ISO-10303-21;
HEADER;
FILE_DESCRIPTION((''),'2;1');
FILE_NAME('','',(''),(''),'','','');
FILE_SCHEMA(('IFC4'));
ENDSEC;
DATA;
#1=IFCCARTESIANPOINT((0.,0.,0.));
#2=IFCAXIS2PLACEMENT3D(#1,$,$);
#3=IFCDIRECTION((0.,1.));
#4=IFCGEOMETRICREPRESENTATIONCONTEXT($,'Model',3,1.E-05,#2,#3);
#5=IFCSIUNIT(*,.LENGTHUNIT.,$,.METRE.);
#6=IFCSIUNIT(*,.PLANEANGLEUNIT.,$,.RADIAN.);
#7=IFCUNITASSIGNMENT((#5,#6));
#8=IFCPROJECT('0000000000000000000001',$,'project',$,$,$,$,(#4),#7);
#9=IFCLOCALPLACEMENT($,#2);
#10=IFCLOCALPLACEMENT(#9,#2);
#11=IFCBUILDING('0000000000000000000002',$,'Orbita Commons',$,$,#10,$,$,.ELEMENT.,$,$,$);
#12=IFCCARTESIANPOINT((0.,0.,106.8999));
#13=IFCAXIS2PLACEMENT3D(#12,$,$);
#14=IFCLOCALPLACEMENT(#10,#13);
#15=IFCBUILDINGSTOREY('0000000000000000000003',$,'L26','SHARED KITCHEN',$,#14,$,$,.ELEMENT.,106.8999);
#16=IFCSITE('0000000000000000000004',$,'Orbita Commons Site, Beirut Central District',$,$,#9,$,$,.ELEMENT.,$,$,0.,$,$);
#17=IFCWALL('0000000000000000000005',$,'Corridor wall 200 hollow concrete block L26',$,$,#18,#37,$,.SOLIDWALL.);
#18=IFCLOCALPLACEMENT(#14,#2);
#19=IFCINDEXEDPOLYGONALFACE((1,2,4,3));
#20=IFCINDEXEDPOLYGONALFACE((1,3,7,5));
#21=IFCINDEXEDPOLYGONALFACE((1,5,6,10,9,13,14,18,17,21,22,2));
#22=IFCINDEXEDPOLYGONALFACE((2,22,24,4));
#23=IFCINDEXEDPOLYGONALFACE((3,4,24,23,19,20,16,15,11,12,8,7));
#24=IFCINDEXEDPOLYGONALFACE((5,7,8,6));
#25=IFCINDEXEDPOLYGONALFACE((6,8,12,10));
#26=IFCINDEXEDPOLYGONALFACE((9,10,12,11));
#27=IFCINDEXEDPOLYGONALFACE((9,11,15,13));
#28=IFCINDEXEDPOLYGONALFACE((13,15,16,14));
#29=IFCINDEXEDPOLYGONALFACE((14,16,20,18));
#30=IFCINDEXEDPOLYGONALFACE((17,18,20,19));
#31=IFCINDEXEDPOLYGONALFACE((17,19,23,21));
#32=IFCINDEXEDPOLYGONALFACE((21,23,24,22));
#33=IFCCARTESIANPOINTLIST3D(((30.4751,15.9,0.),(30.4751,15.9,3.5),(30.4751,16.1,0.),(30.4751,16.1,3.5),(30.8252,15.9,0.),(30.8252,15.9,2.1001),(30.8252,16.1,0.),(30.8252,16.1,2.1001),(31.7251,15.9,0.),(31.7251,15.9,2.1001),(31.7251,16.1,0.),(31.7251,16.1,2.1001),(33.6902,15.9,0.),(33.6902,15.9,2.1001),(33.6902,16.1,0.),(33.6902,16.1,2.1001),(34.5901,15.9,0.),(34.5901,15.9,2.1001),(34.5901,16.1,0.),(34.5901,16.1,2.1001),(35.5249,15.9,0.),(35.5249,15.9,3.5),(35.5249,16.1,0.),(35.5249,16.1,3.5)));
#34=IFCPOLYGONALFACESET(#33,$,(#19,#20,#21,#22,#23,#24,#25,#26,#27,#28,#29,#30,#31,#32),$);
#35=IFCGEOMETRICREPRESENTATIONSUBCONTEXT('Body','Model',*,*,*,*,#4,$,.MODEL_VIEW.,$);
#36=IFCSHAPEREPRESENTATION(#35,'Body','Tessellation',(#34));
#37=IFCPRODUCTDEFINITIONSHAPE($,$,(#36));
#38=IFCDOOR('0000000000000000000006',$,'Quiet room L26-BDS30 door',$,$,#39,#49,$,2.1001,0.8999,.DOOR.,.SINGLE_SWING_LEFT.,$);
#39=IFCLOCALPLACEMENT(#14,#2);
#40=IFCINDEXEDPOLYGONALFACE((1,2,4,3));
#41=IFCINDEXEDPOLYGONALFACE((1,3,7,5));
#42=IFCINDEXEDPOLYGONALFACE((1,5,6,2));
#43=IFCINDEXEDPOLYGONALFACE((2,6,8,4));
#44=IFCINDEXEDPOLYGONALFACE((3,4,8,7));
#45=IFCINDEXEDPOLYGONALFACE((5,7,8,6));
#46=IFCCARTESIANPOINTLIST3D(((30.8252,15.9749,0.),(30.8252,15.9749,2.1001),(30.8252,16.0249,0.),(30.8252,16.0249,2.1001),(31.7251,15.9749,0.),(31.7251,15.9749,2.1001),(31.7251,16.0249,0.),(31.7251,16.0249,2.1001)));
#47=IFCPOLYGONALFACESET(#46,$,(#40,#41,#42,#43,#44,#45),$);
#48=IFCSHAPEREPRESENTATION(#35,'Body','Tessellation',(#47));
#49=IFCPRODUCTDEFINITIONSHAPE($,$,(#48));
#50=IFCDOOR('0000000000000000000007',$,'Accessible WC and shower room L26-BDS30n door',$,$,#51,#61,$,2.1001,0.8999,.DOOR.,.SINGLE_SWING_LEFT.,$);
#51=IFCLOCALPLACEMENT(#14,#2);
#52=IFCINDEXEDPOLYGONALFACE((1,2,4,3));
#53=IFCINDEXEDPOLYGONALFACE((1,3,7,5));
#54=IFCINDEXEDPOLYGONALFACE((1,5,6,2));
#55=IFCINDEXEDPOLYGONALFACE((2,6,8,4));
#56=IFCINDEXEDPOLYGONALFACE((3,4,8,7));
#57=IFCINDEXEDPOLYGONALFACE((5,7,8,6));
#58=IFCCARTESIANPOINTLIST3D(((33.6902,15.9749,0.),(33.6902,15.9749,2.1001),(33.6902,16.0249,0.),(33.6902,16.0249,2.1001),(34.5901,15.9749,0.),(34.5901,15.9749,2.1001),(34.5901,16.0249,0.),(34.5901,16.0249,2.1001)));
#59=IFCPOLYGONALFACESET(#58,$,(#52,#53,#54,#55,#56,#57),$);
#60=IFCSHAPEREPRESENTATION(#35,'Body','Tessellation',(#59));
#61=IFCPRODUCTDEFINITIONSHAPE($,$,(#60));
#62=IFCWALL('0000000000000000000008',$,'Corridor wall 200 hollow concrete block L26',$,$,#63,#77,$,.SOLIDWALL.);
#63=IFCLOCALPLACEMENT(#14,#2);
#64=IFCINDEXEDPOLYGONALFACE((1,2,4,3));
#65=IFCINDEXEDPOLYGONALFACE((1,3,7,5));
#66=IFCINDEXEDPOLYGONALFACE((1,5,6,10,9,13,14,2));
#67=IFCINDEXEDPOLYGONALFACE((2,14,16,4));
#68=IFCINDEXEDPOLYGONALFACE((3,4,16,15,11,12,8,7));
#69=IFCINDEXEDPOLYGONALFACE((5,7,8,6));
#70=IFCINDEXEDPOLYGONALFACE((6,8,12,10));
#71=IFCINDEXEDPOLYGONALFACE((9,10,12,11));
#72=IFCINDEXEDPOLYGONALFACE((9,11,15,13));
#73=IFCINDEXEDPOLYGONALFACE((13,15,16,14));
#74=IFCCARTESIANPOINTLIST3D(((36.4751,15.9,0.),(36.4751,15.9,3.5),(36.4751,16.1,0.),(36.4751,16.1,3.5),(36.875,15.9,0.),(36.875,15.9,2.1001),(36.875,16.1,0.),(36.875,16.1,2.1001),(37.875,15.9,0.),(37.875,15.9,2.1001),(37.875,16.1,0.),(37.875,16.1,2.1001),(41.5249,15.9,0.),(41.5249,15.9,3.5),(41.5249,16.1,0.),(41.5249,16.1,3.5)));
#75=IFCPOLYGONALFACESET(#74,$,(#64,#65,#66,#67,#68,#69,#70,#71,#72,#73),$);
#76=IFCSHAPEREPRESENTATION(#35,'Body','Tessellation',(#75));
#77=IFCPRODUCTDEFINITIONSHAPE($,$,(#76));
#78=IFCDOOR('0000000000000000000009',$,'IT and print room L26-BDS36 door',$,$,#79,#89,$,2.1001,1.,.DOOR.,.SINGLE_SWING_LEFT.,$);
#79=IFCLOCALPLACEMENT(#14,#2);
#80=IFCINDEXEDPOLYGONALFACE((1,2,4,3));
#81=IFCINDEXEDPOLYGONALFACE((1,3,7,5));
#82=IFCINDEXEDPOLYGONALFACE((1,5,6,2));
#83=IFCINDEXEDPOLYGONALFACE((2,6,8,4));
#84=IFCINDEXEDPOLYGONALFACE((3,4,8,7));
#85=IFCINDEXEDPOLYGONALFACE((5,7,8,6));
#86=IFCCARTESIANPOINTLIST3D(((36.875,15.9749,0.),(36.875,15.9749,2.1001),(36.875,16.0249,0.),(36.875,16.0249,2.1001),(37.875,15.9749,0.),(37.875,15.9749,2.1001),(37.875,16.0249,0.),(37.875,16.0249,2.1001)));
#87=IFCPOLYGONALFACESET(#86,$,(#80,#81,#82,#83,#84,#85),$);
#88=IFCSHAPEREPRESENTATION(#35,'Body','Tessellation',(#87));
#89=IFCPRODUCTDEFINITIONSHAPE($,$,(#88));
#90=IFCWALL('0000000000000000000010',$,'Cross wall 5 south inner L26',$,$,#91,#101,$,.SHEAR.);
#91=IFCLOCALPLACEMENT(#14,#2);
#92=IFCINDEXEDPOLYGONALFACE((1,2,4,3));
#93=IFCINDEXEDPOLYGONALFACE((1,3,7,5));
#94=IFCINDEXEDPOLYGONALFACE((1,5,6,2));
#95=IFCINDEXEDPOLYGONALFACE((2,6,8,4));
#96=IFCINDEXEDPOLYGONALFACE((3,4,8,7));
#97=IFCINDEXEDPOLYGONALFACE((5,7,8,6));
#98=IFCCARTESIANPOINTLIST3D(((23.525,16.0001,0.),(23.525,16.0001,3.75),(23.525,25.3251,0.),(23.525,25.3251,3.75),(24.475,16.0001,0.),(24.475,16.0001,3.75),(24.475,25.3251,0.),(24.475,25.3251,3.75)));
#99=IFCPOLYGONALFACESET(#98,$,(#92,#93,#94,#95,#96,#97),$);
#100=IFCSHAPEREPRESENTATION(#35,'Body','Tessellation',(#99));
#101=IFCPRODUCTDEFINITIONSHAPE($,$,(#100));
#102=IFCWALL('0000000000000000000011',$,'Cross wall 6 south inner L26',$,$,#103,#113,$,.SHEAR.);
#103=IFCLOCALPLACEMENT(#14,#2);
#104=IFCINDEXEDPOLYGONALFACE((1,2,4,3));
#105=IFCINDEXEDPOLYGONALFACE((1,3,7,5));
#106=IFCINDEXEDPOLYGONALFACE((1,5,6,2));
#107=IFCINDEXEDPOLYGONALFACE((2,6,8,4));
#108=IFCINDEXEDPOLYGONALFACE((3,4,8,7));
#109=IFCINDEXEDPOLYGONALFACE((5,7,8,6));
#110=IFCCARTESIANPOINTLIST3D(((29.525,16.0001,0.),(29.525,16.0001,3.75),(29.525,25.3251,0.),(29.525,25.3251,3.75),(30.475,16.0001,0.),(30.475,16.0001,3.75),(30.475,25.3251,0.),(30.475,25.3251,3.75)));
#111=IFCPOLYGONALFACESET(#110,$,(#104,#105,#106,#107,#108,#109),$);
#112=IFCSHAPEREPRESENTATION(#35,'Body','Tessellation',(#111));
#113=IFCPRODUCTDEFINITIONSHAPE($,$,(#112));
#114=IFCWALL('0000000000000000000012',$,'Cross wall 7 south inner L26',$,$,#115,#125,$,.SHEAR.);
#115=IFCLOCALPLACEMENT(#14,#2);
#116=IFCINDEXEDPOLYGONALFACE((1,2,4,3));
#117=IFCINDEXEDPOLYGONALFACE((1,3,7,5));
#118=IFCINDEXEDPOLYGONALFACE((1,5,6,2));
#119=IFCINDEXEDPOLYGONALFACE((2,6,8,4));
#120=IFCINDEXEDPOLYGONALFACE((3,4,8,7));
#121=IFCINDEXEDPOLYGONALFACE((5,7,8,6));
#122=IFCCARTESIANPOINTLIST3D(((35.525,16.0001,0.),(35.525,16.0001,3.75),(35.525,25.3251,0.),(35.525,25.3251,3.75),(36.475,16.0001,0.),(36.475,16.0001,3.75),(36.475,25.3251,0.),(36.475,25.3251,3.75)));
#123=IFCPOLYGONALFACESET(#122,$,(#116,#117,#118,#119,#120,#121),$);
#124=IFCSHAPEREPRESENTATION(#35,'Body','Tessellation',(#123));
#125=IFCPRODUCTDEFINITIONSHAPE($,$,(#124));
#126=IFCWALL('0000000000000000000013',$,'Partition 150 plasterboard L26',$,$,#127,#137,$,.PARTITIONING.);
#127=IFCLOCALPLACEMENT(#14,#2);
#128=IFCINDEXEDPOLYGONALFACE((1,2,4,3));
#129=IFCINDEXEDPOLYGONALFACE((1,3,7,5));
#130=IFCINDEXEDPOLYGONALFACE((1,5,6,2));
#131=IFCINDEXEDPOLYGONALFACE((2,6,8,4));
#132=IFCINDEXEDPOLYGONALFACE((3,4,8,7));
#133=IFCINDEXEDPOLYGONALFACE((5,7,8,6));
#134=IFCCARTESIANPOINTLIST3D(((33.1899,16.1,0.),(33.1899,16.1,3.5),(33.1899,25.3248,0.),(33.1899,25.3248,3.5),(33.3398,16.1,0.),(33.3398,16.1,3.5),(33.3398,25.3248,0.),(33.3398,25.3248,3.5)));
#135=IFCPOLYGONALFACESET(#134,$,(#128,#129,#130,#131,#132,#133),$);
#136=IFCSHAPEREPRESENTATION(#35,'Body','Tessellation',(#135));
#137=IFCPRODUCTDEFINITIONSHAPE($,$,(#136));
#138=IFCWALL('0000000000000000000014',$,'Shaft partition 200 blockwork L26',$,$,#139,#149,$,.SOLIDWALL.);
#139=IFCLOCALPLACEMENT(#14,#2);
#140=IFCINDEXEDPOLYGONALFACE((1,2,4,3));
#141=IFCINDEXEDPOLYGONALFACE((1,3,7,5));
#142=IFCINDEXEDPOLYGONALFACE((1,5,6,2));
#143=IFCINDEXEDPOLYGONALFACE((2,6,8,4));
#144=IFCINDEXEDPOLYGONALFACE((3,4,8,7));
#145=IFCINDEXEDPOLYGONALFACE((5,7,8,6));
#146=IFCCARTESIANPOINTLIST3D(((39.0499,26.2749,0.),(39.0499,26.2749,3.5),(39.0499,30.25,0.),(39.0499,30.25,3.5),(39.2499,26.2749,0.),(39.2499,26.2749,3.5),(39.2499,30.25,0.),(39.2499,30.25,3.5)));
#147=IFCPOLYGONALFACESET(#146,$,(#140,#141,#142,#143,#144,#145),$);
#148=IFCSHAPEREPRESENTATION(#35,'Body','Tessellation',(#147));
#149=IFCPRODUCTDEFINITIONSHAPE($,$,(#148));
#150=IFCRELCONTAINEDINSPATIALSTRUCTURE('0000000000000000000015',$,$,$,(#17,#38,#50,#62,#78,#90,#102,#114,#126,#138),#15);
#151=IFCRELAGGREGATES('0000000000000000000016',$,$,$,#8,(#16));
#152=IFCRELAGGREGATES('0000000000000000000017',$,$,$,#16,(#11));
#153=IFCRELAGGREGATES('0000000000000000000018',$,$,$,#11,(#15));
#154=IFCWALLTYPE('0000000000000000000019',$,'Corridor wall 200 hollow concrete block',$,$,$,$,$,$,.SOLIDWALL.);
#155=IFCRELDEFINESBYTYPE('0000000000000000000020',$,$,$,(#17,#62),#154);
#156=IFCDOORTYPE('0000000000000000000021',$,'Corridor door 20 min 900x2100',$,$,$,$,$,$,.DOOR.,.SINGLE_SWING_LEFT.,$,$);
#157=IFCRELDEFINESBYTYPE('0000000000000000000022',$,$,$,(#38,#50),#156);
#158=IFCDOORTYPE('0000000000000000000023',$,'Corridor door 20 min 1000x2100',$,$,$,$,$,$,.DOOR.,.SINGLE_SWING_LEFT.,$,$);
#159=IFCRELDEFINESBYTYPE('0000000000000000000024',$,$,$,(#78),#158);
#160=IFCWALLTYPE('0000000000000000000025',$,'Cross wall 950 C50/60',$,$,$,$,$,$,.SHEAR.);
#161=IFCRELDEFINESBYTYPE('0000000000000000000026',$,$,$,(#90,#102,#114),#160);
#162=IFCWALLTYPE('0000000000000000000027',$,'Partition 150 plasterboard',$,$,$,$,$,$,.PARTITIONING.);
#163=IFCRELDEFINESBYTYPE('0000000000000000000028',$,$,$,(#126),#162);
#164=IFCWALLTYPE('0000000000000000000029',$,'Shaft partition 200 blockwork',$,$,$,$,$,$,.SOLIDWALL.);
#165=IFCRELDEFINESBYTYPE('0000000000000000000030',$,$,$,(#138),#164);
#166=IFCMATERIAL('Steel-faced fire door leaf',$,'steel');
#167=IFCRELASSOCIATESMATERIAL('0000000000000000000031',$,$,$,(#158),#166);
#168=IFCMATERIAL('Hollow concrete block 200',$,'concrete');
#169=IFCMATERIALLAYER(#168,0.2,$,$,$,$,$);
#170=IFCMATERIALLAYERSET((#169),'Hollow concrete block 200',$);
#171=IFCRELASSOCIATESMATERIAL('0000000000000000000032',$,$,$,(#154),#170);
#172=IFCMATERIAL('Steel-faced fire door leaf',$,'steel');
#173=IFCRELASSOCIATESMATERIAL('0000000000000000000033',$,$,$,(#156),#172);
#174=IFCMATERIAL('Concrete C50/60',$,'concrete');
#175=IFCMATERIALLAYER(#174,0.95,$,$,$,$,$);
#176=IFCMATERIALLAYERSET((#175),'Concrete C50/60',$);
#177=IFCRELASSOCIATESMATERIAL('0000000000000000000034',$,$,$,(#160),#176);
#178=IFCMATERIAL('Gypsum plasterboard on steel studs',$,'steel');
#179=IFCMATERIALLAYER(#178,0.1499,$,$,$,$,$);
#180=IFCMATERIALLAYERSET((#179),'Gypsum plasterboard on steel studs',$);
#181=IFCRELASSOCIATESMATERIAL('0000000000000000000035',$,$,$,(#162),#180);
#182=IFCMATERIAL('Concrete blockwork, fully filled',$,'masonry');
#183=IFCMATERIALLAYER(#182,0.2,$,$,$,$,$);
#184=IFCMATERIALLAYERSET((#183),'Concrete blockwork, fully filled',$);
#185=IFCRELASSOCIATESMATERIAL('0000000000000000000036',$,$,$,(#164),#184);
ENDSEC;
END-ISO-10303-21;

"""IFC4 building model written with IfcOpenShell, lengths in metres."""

from ifc_helpers import new_model, si_unit, direction, frame, frame_2d, origin, place, context, subcontext, project, spatial, rectangle, extrude, material, layer, layer_set, type_object, element, fill, save


model = new_model("IFC4")

# Units and contexts
model_context = context("Model", 3, precision=1e-05, world=origin(), true_north=direction((0.0, 1.0)))
body_context = subcontext(model_context, "Body", "Model", "MODEL_VIEW")
ifc_project = project(units=[si_unit("LENGTHUNIT", "METRE"), si_unit("PLANEANGLEUNIT", "RADIAN")], contexts=[model_context])

# Site, building, storey
site_placement = place(None, origin())
site = spatial("IfcSite", under=ifc_project, at=site_placement, Name="Orbita Commons Site, Beirut Central District", CompositionType="ELEMENT", RefElevation=0.0)
building_placement = place(site_placement, origin())
building = spatial("IfcBuilding", under=site, at=building_placement, Name="Orbita Commons", CompositionType="ELEMENT")
storey_placement = place(building_placement, frame((0.0, 0.0, 106.8999)))
storey = spatial("IfcBuildingStorey", under=building, at=storey_placement, Name="L26", Description="SHARED KITCHEN", CompositionType="ELEMENT", Elevation=106.8999)

# Shared definitions
ifc_material_1 = material(Name="Steel-faced fire door leaf", Category="steel")
door_type_1 = type_object("IfcDoorType", Name="Corridor door 20 min 1000x2100", OperationType="SINGLE_SWING_LEFT", PredefinedType="DOOR", material=ifc_material_1)
ifc_material_2 = material(Name="Hollow concrete block 200", Category="concrete")
ifc_layer_1 = layer(ifc_material_2, 0.2)
ifc_layer_set_1 = layer_set([ifc_layer_1], Name="Hollow concrete block 200")
wall_type_1 = type_object("IfcWallType", Name="Corridor wall 200 hollow concrete block", PredefinedType="SOLIDWALL", material=ifc_layer_set_1)

# Wall, openings, doors
wall_1_placement = place(storey_placement, frame((30.4751, 16.0, 0.0), z_axis=(0.0, 0.0, 1.0), x_axis=(1.0, 0.0, 0.0)))
wall_1 = element("IfcWall", 1, at=wall_1_placement, inside=storey, type_object=wall_type_1, Name="Corridor wall 200 hollow concrete block L26", PredefinedType="SOLIDWALL", context=body_context, shape_type="SweptSolid", body=[
    extrude(rectangle(XDim=5.0498, YDim=0.2, at=frame_2d((2.5249, 0.0))), origin(), (0.0, 0.0, 1.0), 3.5),
])
opening_1_placement = place(wall_1_placement, frame((0.3501, 0.0, 0.0)))
opening_1 = element("IfcOpeningElement", 2, at=opening_1_placement, cuts=wall_1, PredefinedType="OPENING", context=body_context, shape_type="SweptSolid", body=[
    extrude(rectangle(XDim=0.8999, YDim=2.1001, at=frame_2d((0.45, 1.05))), frame((0.0, 0.1099, 0.0), z_axis=(0.0, -1.0, 0.0), x_axis=(1.0, 0.0, 0.0)), (0.0, 0.0, 1.0), 0.22),
])
opening_2_placement = place(wall_1_placement, frame((3.2151, 0.0, 0.0)))
opening_2 = element("IfcOpeningElement", 3, at=opening_2_placement, cuts=wall_1, PredefinedType="OPENING", context=body_context, shape_type="SweptSolid", body=[
    extrude(rectangle(XDim=0.8999, YDim=2.1001, at=frame_2d((0.45, 1.05))), frame((0.0, 0.1099, 0.0), z_axis=(0.0, -1.0, 0.0), x_axis=(1.0, 0.0, 0.0)), (0.0, 0.0, 1.0), 0.22),
])
ifc_material_3 = material(Name="Steel-faced fire door leaf", Category="steel")
door_type_2 = type_object("IfcDoorType", Name="Corridor door 20 min 900x2100", OperationType="SINGLE_SWING_LEFT", PredefinedType="DOOR", material=ifc_material_3)
door_1_placement = place(opening_1_placement, origin())
door_1 = element("IfcDoor", 4, at=door_1_placement, inside=storey, type_object=door_type_2, Name="Quiet room L26-BDS30 door", OperationType="SINGLE_SWING_LEFT", OverallHeight=2.1001, OverallWidth=0.8999, PredefinedType="DOOR", context=body_context, shape_type="SweptSolid", body=[
    extrude(rectangle(XDim=0.8999, YDim=2.1001, at=frame_2d((0.45, 1.05))), frame((0.0, 0.0249, 0.0), z_axis=(0.0, -1.0, 0.0), x_axis=(1.0, 0.0, 0.0)), (0.0, 0.0, 1.0), 0.05),
])
fill(opening_1, door_1)
door_2_placement = place(opening_2_placement, origin())
door_2 = element("IfcDoor", 5, at=door_2_placement, inside=storey, type_object=door_type_2, Name="Accessible WC and shower room L26-BDS30n door", OperationType="SINGLE_SWING_LEFT", OverallHeight=2.1001, OverallWidth=0.8999, PredefinedType="DOOR", context=body_context, shape_type="SweptSolid", body=[
    extrude(rectangle(XDim=0.8999, YDim=2.1001, at=frame_2d((0.45, 1.05))), frame((0.0, 0.0249, 0.0), z_axis=(0.0, -1.0, 0.0), x_axis=(1.0, 0.0, 0.0)), (0.0, 0.0, 1.0), 0.05),
])
fill(opening_2, door_2)

# Wall, opening, door
wall_2_placement = place(storey_placement, frame((36.4751, 16.0, 0.0), z_axis=(0.0, 0.0, 1.0), x_axis=(1.0, 0.0, 0.0)))
wall_2 = element("IfcWall", 6, at=wall_2_placement, inside=storey, type_object=wall_type_1, Name="Corridor wall 200 hollow concrete block L26", PredefinedType="SOLIDWALL", context=body_context, shape_type="SweptSolid", body=[
    extrude(rectangle(XDim=5.0498, YDim=0.2, at=frame_2d((2.5249, 0.0))), origin(), (0.0, 0.0, 1.0), 3.5),
])
opening_3_placement = place(wall_2_placement, frame((0.3999, 0.0, 0.0)))
opening_3 = element("IfcOpeningElement", 7, at=opening_3_placement, cuts=wall_2, PredefinedType="OPENING", context=body_context, shape_type="SweptSolid", body=[
    extrude(rectangle(XDim=1.0, YDim=2.1001, at=frame_2d((0.5, 1.05))), frame((0.0, 0.1099, 0.0), z_axis=(0.0, -1.0, 0.0), x_axis=(1.0, 0.0, 0.0)), (0.0, 0.0, 1.0), 0.22),
])
door_3_placement = place(opening_3_placement, origin())
door_3 = element("IfcDoor", 8, at=door_3_placement, inside=storey, type_object=door_type_1, Name="IT and print room L26-BDS36 door", OperationType="SINGLE_SWING_LEFT", OverallHeight=2.1001, OverallWidth=1.0, PredefinedType="DOOR", context=body_context, shape_type="SweptSolid", body=[
    extrude(rectangle(XDim=1.0, YDim=2.1001, at=frame_2d((0.5, 1.05))), frame((0.0, 0.0249, 0.0), z_axis=(0.0, -1.0, 0.0), x_axis=(1.0, 0.0, 0.0)), (0.0, 0.0, 1.0), 0.05),
])
fill(opening_3, door_3)

# Walls
ifc_material_4 = material(Name="Concrete C50/60", Category="concrete")
ifc_layer_2 = layer(ifc_material_4, 0.95)
ifc_layer_set_2 = layer_set([ifc_layer_2], Name="Concrete C50/60")
wall_type_2 = type_object("IfcWallType", Name="Cross wall 950 C50/60", PredefinedType="SHEAR", material=ifc_layer_set_2)
for number, where, z_axis, x_axis, name in (
    (9, (24.0, 16.0, 0.0), (0.0, 0.0, 1.0), (0.0, 1.0, 0.0), "Cross wall 5 south inner L26"),
    (10, (30.0, 16.0, 0.0), (0.0, 0.0, 1.0), (0.0, 1.0, 0.0), "Cross wall 6 south inner L26"),
    (11, (36.0, 16.0, 0.0), (0.0, 0.0, 1.0), (0.0, 1.0, 0.0), "Cross wall 7 south inner L26"),
):
    element("IfcWall", number, at=place(storey_placement, frame(where, z_axis=z_axis, x_axis=x_axis)), inside=storey, type_object=wall_type_2, Name=name, PredefinedType="SHEAR", context=body_context, shape_type="SweptSolid", body=[
        extrude(rectangle(XDim=9.325, YDim=0.95, at=frame_2d((4.6626, 0.0))), origin(), (0.0, 0.0, 1.0), 3.75),
    ])
ifc_material_5 = material(Name="Gypsum plasterboard on steel studs", Category="steel")
ifc_layer_3 = layer(ifc_material_5, 0.1499)
ifc_layer_set_3 = layer_set([ifc_layer_3], Name="Gypsum plasterboard on steel studs")
wall_type_3 = type_object("IfcWallType", Name="Partition 150 plasterboard", PredefinedType="PARTITIONING", material=ifc_layer_set_3)
wall_3_placement = place(storey_placement, frame((33.2649, 16.1001, 0.0), z_axis=(0.0, 0.0, 1.0), x_axis=(0.0, 1.0, 0.0)))
element("IfcWall", 12, at=wall_3_placement, inside=storey, type_object=wall_type_3, Name="Partition 150 plasterboard L26", PredefinedType="PARTITIONING", context=body_context, shape_type="SweptSolid", body=[
    extrude(rectangle(XDim=9.2249, YDim=0.1499, at=frame_2d((4.6123, 0.0))), origin(), (0.0, 0.0, 1.0), 3.5),
])
ifc_material_6 = material(Name="Concrete blockwork, fully filled", Category="masonry")
ifc_layer_4 = layer(ifc_material_6, 0.2)
ifc_layer_set_4 = layer_set([ifc_layer_4], Name="Concrete blockwork, fully filled")
wall_type_4 = type_object("IfcWallType", Name="Shaft partition 200 blockwork", PredefinedType="SOLIDWALL", material=ifc_layer_set_4)
wall_4_placement = place(storey_placement, frame((39.1499, 26.2749, 0.0), z_axis=(0.0, 0.0, 1.0), x_axis=(0.0, 1.0, 0.0)))
element("IfcWall", 13, at=wall_4_placement, inside=storey, type_object=wall_type_4, Name="Shaft partition 200 blockwork L26", PredefinedType="SOLIDWALL", context=body_context, shape_type="SweptSolid", body=[
    extrude(rectangle(XDim=3.9751, YDim=0.2, at=frame_2d((1.9875, 0.0))), origin(), (0.0, 0.0, 1.0), 3.5),
])

save(model, "model.ifc")
